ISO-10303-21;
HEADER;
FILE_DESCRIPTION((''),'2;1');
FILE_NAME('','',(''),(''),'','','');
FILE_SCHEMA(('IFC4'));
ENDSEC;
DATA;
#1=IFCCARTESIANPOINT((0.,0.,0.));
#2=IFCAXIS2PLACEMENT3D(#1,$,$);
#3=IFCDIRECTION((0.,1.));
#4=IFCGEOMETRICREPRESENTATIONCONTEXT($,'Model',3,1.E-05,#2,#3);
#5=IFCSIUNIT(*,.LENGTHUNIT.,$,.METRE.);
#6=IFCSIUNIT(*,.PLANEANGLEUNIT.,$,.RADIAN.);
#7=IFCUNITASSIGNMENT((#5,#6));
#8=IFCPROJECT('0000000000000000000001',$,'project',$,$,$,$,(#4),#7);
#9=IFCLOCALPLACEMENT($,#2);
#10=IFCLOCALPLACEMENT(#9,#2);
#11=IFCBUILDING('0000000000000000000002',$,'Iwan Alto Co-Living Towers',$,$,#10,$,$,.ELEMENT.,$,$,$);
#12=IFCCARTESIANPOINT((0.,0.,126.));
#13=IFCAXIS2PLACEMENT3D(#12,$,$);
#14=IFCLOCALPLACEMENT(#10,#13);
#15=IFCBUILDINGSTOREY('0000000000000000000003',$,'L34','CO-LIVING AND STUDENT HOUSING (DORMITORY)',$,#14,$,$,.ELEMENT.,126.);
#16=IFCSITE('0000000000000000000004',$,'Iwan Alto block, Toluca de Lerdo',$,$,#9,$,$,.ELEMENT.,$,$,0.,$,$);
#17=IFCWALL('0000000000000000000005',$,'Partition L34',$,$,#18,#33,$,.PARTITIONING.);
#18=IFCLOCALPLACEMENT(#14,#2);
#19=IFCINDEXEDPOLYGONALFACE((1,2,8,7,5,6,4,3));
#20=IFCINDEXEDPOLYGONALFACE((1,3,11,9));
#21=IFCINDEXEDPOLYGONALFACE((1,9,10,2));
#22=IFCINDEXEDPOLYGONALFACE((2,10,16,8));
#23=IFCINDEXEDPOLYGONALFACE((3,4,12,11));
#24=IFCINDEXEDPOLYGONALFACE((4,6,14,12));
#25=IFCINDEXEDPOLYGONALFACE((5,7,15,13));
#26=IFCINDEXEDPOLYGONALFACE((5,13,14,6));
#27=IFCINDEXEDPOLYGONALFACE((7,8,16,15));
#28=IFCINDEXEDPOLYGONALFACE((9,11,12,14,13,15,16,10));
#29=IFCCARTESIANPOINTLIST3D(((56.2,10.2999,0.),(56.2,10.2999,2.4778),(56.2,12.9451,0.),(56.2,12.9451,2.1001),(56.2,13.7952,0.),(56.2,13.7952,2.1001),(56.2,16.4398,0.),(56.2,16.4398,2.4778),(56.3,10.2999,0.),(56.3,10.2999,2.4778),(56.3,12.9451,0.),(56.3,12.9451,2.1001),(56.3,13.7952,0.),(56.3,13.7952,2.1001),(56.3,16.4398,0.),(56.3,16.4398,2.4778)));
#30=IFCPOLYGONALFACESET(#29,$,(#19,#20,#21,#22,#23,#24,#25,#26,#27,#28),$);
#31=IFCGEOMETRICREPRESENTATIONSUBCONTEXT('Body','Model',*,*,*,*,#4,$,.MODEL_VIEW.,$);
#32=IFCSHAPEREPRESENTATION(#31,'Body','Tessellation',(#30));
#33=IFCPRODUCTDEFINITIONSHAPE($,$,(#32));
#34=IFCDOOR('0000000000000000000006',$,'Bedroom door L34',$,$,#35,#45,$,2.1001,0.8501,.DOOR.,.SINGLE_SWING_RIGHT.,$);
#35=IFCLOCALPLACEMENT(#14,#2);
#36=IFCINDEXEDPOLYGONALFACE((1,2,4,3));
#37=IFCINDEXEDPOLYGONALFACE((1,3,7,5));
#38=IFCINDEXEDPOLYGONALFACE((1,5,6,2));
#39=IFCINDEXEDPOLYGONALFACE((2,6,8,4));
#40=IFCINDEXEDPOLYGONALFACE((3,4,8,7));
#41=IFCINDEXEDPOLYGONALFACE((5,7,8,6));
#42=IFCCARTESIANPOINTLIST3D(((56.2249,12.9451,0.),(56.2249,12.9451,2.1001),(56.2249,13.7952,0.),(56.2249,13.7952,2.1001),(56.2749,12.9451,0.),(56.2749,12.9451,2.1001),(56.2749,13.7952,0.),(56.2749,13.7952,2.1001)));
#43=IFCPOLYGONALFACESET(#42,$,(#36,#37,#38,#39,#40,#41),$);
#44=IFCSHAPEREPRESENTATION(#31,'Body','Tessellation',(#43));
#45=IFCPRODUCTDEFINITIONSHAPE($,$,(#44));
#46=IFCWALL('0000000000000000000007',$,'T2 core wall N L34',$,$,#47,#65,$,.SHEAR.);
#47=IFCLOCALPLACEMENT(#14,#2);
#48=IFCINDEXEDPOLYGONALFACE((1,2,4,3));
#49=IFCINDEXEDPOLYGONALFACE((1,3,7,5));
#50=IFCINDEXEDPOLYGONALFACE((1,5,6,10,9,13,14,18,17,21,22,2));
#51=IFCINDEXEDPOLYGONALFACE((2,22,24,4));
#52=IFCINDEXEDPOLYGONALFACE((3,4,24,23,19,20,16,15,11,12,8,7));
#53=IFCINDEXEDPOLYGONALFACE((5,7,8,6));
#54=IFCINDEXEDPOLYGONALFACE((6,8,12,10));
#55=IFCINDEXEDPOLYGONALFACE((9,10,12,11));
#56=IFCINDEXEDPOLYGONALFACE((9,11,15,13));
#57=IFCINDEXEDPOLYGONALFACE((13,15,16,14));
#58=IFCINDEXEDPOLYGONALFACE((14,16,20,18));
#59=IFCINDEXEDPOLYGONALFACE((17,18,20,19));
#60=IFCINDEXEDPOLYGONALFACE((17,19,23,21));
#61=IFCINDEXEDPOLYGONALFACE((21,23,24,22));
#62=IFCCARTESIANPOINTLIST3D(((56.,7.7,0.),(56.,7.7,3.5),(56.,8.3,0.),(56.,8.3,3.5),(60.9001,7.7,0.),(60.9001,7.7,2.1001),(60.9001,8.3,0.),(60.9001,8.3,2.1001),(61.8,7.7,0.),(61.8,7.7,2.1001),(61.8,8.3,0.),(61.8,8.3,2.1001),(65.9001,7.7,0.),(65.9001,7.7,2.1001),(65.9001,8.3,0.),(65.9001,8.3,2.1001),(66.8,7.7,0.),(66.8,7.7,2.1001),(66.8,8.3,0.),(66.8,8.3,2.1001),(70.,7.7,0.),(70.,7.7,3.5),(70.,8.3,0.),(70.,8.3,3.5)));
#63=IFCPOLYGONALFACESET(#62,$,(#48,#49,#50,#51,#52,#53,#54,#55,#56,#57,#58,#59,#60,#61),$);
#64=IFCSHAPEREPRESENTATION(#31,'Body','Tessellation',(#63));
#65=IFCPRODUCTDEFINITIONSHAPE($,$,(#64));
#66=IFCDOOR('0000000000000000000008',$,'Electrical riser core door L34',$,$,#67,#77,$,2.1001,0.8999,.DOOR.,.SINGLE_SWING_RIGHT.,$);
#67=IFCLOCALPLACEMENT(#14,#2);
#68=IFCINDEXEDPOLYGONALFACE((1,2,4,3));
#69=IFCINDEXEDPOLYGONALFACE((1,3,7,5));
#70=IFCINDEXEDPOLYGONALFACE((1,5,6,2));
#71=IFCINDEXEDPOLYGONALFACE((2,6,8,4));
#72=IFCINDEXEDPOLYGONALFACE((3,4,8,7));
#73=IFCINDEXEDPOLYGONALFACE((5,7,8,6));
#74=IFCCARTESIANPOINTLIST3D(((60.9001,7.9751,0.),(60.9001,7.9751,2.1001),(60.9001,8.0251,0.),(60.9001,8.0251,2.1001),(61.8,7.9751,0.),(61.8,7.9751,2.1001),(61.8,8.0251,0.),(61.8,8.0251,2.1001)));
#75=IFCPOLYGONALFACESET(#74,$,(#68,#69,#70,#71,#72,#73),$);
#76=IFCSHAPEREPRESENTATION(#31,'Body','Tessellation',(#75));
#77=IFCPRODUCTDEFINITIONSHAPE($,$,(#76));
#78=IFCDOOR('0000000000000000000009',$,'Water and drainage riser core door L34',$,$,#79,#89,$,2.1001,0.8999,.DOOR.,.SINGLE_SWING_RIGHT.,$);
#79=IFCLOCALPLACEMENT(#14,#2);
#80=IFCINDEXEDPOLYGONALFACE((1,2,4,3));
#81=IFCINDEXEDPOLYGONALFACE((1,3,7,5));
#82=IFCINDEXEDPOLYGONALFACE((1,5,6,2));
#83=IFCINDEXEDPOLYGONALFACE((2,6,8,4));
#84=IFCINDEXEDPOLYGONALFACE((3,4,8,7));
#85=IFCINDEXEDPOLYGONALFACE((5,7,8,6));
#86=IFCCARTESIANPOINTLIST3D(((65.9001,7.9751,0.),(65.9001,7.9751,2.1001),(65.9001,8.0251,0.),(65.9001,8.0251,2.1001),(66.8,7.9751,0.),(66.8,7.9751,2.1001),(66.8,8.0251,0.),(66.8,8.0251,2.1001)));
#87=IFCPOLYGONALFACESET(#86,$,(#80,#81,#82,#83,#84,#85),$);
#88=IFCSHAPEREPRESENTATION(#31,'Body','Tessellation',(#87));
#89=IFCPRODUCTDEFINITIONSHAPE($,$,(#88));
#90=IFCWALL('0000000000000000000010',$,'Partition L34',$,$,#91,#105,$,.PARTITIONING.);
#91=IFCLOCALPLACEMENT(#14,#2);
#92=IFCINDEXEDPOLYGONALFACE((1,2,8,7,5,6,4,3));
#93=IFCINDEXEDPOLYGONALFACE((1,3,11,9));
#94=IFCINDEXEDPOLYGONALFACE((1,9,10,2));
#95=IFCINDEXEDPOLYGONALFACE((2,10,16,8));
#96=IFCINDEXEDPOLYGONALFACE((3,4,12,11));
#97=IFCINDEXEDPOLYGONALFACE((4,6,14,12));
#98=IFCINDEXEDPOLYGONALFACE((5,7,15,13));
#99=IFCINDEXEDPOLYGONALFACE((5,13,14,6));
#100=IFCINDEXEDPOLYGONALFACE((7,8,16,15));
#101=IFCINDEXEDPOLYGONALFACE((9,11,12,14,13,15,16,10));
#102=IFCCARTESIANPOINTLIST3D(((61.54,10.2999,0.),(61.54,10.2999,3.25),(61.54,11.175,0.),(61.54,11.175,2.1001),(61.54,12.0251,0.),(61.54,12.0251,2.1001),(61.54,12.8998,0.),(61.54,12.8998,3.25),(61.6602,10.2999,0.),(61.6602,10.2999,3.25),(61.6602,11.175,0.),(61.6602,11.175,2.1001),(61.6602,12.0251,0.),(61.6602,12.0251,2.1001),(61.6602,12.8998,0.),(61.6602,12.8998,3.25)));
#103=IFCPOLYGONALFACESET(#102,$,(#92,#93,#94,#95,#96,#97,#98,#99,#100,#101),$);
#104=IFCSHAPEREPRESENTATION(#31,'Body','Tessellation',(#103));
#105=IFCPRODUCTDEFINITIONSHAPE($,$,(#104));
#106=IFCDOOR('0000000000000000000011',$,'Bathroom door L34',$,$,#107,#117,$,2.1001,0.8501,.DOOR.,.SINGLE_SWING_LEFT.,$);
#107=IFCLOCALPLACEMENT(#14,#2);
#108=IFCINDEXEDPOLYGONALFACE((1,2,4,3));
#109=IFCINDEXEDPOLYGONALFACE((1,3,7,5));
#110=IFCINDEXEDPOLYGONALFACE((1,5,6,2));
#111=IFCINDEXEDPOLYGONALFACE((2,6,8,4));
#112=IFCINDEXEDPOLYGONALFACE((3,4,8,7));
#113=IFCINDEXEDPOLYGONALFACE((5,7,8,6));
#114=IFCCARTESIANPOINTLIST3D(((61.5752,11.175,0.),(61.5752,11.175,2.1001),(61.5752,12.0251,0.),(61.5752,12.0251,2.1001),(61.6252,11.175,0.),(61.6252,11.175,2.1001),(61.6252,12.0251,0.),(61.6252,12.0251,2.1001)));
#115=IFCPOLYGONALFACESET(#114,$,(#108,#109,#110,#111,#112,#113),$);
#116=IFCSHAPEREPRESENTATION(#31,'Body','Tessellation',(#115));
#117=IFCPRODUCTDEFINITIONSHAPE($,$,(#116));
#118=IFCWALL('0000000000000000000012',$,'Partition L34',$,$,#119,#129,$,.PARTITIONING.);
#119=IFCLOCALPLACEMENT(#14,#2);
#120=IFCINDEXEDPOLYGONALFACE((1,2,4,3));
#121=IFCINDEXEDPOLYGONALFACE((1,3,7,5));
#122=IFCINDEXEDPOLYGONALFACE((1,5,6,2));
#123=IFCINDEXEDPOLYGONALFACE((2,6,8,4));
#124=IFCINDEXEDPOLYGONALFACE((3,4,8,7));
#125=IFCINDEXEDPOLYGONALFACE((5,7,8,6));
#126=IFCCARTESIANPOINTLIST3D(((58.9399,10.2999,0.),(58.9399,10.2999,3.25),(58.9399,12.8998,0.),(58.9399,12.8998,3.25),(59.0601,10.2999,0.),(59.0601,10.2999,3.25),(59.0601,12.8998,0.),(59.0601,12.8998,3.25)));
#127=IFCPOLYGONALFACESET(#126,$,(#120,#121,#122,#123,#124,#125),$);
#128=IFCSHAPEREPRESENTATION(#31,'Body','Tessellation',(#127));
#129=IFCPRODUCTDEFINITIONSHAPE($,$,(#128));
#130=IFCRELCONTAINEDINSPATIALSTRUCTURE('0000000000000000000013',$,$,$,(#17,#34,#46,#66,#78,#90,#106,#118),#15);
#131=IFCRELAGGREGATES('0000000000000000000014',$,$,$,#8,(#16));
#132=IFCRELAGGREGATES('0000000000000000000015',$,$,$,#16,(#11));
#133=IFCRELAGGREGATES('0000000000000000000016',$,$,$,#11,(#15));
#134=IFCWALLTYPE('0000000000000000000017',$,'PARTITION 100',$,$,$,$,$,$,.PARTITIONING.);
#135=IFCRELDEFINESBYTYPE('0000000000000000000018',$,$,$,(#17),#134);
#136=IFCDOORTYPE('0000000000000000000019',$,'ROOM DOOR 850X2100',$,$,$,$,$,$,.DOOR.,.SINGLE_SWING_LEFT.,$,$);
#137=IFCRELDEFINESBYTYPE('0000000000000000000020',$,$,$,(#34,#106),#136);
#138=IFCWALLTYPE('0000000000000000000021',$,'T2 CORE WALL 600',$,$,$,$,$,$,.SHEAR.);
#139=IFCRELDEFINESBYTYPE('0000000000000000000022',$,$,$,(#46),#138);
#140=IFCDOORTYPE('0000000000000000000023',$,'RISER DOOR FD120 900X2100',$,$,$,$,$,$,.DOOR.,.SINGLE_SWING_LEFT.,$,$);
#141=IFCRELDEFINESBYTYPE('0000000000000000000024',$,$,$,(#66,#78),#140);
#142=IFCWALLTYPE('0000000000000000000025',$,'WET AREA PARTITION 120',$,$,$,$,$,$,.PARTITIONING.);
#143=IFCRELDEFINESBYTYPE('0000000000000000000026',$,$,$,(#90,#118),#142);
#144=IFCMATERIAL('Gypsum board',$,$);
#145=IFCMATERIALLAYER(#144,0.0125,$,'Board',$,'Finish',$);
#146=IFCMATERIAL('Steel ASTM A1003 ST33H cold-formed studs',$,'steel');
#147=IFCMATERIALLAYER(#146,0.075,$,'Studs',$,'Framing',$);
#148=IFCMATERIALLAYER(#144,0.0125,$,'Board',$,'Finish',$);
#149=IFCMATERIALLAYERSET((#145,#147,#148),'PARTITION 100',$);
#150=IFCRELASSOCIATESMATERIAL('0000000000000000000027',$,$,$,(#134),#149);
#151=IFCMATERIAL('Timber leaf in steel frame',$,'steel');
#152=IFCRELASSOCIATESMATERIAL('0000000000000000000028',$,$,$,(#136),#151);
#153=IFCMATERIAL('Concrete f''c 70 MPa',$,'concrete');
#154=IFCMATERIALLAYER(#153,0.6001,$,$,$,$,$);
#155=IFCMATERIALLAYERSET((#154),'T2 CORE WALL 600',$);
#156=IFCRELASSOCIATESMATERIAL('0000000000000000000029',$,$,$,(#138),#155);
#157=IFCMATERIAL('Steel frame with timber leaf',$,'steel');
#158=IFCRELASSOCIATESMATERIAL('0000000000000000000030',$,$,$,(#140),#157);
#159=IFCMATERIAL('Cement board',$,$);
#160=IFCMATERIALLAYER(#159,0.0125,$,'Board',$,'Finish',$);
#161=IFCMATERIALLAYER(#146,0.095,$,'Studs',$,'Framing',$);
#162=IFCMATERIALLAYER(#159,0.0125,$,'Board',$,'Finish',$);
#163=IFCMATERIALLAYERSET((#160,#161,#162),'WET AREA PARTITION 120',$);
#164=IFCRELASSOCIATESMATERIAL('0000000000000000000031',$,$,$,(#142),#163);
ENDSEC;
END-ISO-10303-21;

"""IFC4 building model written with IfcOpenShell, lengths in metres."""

from ifc_helpers import new_model, si_unit, direction, frame, frame_2d, origin, place, context, subcontext, project, spatial, rectangle, extrude, material, layer, layer_set, type_object, element, fill, save


model = new_model("IFC4")

# Units and contexts
model_context = context("Model", 3, precision=1e-05, world=origin(), true_north=direction((0.0, 1.0)))
body_context = subcontext(model_context, "Body", "Model", "MODEL_VIEW")
ifc_project = project(units=[si_unit("LENGTHUNIT", "METRE"), si_unit("PLANEANGLEUNIT", "RADIAN")], contexts=[model_context])

# Site, building, storey
site_placement = place(None, origin())
site = spatial("IfcSite", under=ifc_project, at=site_placement, Name="Iwan Alto block, Toluca de Lerdo", CompositionType="ELEMENT", RefElevation=0.0)
building_placement = place(site_placement, origin())
building = spatial("IfcBuilding", under=site, at=building_placement, Name="Iwan Alto Co-Living Towers", CompositionType="ELEMENT")
storey_placement = place(building_placement, frame((0.0, 0.0, 126.0)))
storey = spatial("IfcBuildingStorey", under=building, at=storey_placement, Name="L34", Description="CO-LIVING AND STUDENT HOUSING (DORMITORY)", CompositionType="ELEMENT", Elevation=126.0)

# Shared definitions
ifc_material_1 = material(Name="Gypsum board")
ifc_layer_1 = layer(ifc_material_1, 0.0125, Name="Board", Category="Finish")
ifc_material_2 = material(Name="Steel ASTM A1003 ST33H cold-formed studs", Category="steel")
ifc_layer_2 = layer(ifc_material_2, 0.075, Name="Studs", Category="Framing")
ifc_layer_3 = layer(ifc_material_1, 0.0125, Name="Board", Category="Finish")
ifc_layer_set_1 = layer_set([ifc_layer_1, ifc_layer_2, ifc_layer_3], Name="PARTITION 100")
wall_type_1 = type_object("IfcWallType", Name="PARTITION 100", PredefinedType="PARTITIONING", material=ifc_layer_set_1)
ifc_material_3 = material(Name="Timber leaf in steel frame", Category="steel")
door_type_1 = type_object("IfcDoorType", Name="ROOM DOOR 850X2100", OperationType="SINGLE_SWING_LEFT", PredefinedType="DOOR", material=ifc_material_3)

# Wall, opening, door
wall_1_placement = place(storey_placement, frame((56.25, 10.3, 0.0), z_axis=(0.0, 0.0, 1.0), x_axis=(0.0, 1.0, 0.0)))
wall_1 = element("IfcWall", 1, at=wall_1_placement, inside=storey, type_object=wall_type_1, Name="Partition L34", PredefinedType="PARTITIONING", context=body_context, shape_type="SweptSolid", body=[
    extrude(rectangle(XDim=6.1399, YDim=0.1001, at=frame_2d((3.0698, 0.0))), origin(), (0.0, 0.0, 1.0), 2.4778),
])
opening_1_placement = place(wall_1_placement, frame((2.645, 0.0, 0.0)))
opening_1 = element("IfcOpeningElement", 2, at=opening_1_placement, cuts=wall_1, PredefinedType="OPENING", context=body_context, shape_type="SweptSolid", body=[
    extrude(rectangle(XDim=0.8501, YDim=2.1001, at=frame_2d((0.425, 1.05))), frame((0.0, 0.0601, 0.0), z_axis=(0.0, -1.0, 0.0), x_axis=(1.0, 0.0, 0.0)), (0.0, 0.0, 1.0), 0.1201),
])
door_1_placement = place(opening_1_placement, frame((0.8501, 0.0, 0.0), z_axis=(0.0, 0.0, 1.0), x_axis=(-1.0, 0.0, 0.0)))
door_1 = element("IfcDoor", 3, at=door_1_placement, inside=storey, type_object=door_type_1, Name="Bedroom door L34", OperationType="SINGLE_SWING_RIGHT", OverallHeight=2.1001, OverallWidth=0.8501, PredefinedType="DOOR", context=body_context, shape_type="SweptSolid", body=[
    extrude(rectangle(XDim=0.8501, YDim=2.1001, at=frame_2d((0.425, 1.05))), frame((0.0, 0.0249, 0.0), z_axis=(0.0, -1.0, 0.0), x_axis=(1.0, 0.0, 0.0)), (0.0, 0.0, 1.0), 0.05),
])
fill(opening_1, door_1)

# Wall, openings, doors
ifc_material_4 = material(Name="Concrete f'c 70 MPa", Category="concrete")
ifc_layer_4 = layer(ifc_material_4, 0.6001)
ifc_layer_set_2 = layer_set([ifc_layer_4], Name="T2 CORE WALL 600")
wall_type_2 = type_object("IfcWallType", Name="T2 CORE WALL 600", PredefinedType="SHEAR", material=ifc_layer_set_2)
wall_2_placement = place(storey_placement, frame((70.0, 8.0, 0.0), z_axis=(0.0, 0.0, 1.0), x_axis=(-1.0, 0.0, 0.0)))
wall_2 = element("IfcWall", 4, at=wall_2_placement, inside=storey, type_object=wall_type_2, Name="T2 core wall N L34", PredefinedType="SHEAR", context=body_context, shape_type="SweptSolid", body=[
    extrude(rectangle(XDim=14.0, YDim=0.6001, at=frame_2d((7.0, 0.0))), origin(), (0.0, 0.0, 1.0), 3.5),
])
opening_2_placement = place(wall_2_placement, frame((8.2, 0.0, 0.0)))
opening_2 = element("IfcOpeningElement", 5, at=opening_2_placement, cuts=wall_2, PredefinedType="OPENING", context=body_context, shape_type="SweptSolid", body=[
    extrude(rectangle(XDim=0.8999, YDim=2.1001, at=frame_2d((0.45, 1.05))), frame((0.0, 0.3101, 0.0), z_axis=(0.0, -1.0, 0.0), x_axis=(1.0, 0.0, 0.0)), (0.0, 0.0, 1.0), 0.6201),
])
opening_3_placement = place(wall_2_placement, frame((3.2, 0.0, 0.0)))
opening_3 = element("IfcOpeningElement", 6, at=opening_3_placement, cuts=wall_2, PredefinedType="OPENING", context=body_context, shape_type="SweptSolid", body=[
    extrude(rectangle(XDim=0.8999, YDim=2.1001, at=frame_2d((0.45, 1.05))), frame((0.0, 0.3101, 0.0), z_axis=(0.0, -1.0, 0.0), x_axis=(1.0, 0.0, 0.0)), (0.0, 0.0, 1.0), 0.6201),
])
ifc_material_5 = material(Name="Steel frame with timber leaf", Category="steel")
door_type_2 = type_object("IfcDoorType", Name="RISER DOOR FD120 900X2100", OperationType="SINGLE_SWING_LEFT", PredefinedType="DOOR", material=ifc_material_5)
door_2_placement = place(opening_2_placement, origin())
door_2 = element("IfcDoor", 7, at=door_2_placement, inside=storey, type_object=door_type_2, Name="Electrical riser core door L34", OperationType="SINGLE_SWING_RIGHT", OverallHeight=2.1001, OverallWidth=0.8999, PredefinedType="DOOR", context=body_context, shape_type="SweptSolid", body=[
    extrude(rectangle(XDim=0.8999, YDim=2.1001, at=frame_2d((0.45, 1.05))), frame((0.0, 0.0249, 0.0), z_axis=(0.0, -1.0, 0.0), x_axis=(1.0, 0.0, 0.0)), (0.0, 0.0, 1.0), 0.05),
])
fill(opening_2, door_2)
door_3_placement = place(opening_3_placement, origin())
door_3 = element("IfcDoor", 8, at=door_3_placement, inside=storey, type_object=door_type_2, Name="Water and drainage riser core door L34", OperationType="SINGLE_SWING_RIGHT", OverallHeight=2.1001, OverallWidth=0.8999, PredefinedType="DOOR", context=body_context, shape_type="SweptSolid", body=[
    extrude(rectangle(XDim=0.8999, YDim=2.1001, at=frame_2d((0.45, 1.05))), frame((0.0, 0.0249, 0.0), z_axis=(0.0, -1.0, 0.0), x_axis=(1.0, 0.0, 0.0)), (0.0, 0.0, 1.0), 0.05),
])
fill(opening_3, door_3)

# Wall, opening, door
ifc_material_6 = material(Name="Cement board")
ifc_layer_5 = layer(ifc_material_6, 0.0125, Name="Board", Category="Finish")
ifc_layer_6 = layer(ifc_material_2, 0.095, Name="Studs", Category="Framing")
ifc_layer_7 = layer(ifc_material_6, 0.0125, Name="Board", Category="Finish")
ifc_layer_set_3 = layer_set([ifc_layer_5, ifc_layer_6, ifc_layer_7], Name="WET AREA PARTITION 120")
wall_type_3 = type_object("IfcWallType", Name="WET AREA PARTITION 120", PredefinedType="PARTITIONING", material=ifc_layer_set_3)
wall_3_placement = place(storey_placement, frame((61.6001, 10.3, 0.0), z_axis=(0.0, 0.0, 1.0), x_axis=(0.0, 1.0, 0.0)))
wall_3 = element("IfcWall", 9, at=wall_3_placement, inside=storey, type_object=wall_type_3, Name="Partition L34", PredefinedType="PARTITIONING", context=body_context, shape_type="SweptSolid", body=[
    extrude(rectangle(XDim=2.5999, YDim=0.1201, at=frame_2d((1.2998, 0.0))), origin(), (0.0, 0.0, 1.0), 3.25),
])
opening_4_placement = place(wall_3_placement, frame((0.875, 0.0, 0.0)))
opening_4 = element("IfcOpeningElement", 10, at=opening_4_placement, cuts=wall_3, PredefinedType="OPENING", context=body_context, shape_type="SweptSolid", body=[
    extrude(rectangle(XDim=0.8501, YDim=2.1001, at=frame_2d((0.425, 1.05))), frame((0.0, 0.0701, 0.0), z_axis=(0.0, -1.0, 0.0), x_axis=(1.0, 0.0, 0.0)), (0.0, 0.0, 1.0), 0.1401),
])
door_4_placement = place(opening_4_placement, origin())
door_4 = element("IfcDoor", 11, at=door_4_placement, inside=storey, type_object=door_type_1, Name="Bathroom door L34", OperationType="SINGLE_SWING_LEFT", OverallHeight=2.1001, OverallWidth=0.8501, PredefinedType="DOOR", context=body_context, shape_type="SweptSolid", body=[
    extrude(rectangle(XDim=0.8501, YDim=2.1001, at=frame_2d((0.425, 1.05))), frame((0.0, 0.0249, 0.0), z_axis=(0.0, -1.0, 0.0), x_axis=(1.0, 0.0, 0.0)), (0.0, 0.0, 1.0), 0.05),
])
fill(opening_4, door_4)

# Wall
wall_4_placement = place(storey_placement, frame((59.0, 10.3, 0.0), z_axis=(0.0, 0.0, 1.0), x_axis=(0.0, 1.0, 0.0)))
element("IfcWall", 12, at=wall_4_placement, inside=storey, type_object=wall_type_3, Name="Partition L34", PredefinedType="PARTITIONING", context=body_context, shape_type="SweptSolid", body=[
    extrude(rectangle(XDim=2.5999, YDim=0.1201, at=frame_2d((1.2998, 0.0))), origin(), (0.0, 0.0, 1.0), 3.25),
])

save(model, "model.ifc")
